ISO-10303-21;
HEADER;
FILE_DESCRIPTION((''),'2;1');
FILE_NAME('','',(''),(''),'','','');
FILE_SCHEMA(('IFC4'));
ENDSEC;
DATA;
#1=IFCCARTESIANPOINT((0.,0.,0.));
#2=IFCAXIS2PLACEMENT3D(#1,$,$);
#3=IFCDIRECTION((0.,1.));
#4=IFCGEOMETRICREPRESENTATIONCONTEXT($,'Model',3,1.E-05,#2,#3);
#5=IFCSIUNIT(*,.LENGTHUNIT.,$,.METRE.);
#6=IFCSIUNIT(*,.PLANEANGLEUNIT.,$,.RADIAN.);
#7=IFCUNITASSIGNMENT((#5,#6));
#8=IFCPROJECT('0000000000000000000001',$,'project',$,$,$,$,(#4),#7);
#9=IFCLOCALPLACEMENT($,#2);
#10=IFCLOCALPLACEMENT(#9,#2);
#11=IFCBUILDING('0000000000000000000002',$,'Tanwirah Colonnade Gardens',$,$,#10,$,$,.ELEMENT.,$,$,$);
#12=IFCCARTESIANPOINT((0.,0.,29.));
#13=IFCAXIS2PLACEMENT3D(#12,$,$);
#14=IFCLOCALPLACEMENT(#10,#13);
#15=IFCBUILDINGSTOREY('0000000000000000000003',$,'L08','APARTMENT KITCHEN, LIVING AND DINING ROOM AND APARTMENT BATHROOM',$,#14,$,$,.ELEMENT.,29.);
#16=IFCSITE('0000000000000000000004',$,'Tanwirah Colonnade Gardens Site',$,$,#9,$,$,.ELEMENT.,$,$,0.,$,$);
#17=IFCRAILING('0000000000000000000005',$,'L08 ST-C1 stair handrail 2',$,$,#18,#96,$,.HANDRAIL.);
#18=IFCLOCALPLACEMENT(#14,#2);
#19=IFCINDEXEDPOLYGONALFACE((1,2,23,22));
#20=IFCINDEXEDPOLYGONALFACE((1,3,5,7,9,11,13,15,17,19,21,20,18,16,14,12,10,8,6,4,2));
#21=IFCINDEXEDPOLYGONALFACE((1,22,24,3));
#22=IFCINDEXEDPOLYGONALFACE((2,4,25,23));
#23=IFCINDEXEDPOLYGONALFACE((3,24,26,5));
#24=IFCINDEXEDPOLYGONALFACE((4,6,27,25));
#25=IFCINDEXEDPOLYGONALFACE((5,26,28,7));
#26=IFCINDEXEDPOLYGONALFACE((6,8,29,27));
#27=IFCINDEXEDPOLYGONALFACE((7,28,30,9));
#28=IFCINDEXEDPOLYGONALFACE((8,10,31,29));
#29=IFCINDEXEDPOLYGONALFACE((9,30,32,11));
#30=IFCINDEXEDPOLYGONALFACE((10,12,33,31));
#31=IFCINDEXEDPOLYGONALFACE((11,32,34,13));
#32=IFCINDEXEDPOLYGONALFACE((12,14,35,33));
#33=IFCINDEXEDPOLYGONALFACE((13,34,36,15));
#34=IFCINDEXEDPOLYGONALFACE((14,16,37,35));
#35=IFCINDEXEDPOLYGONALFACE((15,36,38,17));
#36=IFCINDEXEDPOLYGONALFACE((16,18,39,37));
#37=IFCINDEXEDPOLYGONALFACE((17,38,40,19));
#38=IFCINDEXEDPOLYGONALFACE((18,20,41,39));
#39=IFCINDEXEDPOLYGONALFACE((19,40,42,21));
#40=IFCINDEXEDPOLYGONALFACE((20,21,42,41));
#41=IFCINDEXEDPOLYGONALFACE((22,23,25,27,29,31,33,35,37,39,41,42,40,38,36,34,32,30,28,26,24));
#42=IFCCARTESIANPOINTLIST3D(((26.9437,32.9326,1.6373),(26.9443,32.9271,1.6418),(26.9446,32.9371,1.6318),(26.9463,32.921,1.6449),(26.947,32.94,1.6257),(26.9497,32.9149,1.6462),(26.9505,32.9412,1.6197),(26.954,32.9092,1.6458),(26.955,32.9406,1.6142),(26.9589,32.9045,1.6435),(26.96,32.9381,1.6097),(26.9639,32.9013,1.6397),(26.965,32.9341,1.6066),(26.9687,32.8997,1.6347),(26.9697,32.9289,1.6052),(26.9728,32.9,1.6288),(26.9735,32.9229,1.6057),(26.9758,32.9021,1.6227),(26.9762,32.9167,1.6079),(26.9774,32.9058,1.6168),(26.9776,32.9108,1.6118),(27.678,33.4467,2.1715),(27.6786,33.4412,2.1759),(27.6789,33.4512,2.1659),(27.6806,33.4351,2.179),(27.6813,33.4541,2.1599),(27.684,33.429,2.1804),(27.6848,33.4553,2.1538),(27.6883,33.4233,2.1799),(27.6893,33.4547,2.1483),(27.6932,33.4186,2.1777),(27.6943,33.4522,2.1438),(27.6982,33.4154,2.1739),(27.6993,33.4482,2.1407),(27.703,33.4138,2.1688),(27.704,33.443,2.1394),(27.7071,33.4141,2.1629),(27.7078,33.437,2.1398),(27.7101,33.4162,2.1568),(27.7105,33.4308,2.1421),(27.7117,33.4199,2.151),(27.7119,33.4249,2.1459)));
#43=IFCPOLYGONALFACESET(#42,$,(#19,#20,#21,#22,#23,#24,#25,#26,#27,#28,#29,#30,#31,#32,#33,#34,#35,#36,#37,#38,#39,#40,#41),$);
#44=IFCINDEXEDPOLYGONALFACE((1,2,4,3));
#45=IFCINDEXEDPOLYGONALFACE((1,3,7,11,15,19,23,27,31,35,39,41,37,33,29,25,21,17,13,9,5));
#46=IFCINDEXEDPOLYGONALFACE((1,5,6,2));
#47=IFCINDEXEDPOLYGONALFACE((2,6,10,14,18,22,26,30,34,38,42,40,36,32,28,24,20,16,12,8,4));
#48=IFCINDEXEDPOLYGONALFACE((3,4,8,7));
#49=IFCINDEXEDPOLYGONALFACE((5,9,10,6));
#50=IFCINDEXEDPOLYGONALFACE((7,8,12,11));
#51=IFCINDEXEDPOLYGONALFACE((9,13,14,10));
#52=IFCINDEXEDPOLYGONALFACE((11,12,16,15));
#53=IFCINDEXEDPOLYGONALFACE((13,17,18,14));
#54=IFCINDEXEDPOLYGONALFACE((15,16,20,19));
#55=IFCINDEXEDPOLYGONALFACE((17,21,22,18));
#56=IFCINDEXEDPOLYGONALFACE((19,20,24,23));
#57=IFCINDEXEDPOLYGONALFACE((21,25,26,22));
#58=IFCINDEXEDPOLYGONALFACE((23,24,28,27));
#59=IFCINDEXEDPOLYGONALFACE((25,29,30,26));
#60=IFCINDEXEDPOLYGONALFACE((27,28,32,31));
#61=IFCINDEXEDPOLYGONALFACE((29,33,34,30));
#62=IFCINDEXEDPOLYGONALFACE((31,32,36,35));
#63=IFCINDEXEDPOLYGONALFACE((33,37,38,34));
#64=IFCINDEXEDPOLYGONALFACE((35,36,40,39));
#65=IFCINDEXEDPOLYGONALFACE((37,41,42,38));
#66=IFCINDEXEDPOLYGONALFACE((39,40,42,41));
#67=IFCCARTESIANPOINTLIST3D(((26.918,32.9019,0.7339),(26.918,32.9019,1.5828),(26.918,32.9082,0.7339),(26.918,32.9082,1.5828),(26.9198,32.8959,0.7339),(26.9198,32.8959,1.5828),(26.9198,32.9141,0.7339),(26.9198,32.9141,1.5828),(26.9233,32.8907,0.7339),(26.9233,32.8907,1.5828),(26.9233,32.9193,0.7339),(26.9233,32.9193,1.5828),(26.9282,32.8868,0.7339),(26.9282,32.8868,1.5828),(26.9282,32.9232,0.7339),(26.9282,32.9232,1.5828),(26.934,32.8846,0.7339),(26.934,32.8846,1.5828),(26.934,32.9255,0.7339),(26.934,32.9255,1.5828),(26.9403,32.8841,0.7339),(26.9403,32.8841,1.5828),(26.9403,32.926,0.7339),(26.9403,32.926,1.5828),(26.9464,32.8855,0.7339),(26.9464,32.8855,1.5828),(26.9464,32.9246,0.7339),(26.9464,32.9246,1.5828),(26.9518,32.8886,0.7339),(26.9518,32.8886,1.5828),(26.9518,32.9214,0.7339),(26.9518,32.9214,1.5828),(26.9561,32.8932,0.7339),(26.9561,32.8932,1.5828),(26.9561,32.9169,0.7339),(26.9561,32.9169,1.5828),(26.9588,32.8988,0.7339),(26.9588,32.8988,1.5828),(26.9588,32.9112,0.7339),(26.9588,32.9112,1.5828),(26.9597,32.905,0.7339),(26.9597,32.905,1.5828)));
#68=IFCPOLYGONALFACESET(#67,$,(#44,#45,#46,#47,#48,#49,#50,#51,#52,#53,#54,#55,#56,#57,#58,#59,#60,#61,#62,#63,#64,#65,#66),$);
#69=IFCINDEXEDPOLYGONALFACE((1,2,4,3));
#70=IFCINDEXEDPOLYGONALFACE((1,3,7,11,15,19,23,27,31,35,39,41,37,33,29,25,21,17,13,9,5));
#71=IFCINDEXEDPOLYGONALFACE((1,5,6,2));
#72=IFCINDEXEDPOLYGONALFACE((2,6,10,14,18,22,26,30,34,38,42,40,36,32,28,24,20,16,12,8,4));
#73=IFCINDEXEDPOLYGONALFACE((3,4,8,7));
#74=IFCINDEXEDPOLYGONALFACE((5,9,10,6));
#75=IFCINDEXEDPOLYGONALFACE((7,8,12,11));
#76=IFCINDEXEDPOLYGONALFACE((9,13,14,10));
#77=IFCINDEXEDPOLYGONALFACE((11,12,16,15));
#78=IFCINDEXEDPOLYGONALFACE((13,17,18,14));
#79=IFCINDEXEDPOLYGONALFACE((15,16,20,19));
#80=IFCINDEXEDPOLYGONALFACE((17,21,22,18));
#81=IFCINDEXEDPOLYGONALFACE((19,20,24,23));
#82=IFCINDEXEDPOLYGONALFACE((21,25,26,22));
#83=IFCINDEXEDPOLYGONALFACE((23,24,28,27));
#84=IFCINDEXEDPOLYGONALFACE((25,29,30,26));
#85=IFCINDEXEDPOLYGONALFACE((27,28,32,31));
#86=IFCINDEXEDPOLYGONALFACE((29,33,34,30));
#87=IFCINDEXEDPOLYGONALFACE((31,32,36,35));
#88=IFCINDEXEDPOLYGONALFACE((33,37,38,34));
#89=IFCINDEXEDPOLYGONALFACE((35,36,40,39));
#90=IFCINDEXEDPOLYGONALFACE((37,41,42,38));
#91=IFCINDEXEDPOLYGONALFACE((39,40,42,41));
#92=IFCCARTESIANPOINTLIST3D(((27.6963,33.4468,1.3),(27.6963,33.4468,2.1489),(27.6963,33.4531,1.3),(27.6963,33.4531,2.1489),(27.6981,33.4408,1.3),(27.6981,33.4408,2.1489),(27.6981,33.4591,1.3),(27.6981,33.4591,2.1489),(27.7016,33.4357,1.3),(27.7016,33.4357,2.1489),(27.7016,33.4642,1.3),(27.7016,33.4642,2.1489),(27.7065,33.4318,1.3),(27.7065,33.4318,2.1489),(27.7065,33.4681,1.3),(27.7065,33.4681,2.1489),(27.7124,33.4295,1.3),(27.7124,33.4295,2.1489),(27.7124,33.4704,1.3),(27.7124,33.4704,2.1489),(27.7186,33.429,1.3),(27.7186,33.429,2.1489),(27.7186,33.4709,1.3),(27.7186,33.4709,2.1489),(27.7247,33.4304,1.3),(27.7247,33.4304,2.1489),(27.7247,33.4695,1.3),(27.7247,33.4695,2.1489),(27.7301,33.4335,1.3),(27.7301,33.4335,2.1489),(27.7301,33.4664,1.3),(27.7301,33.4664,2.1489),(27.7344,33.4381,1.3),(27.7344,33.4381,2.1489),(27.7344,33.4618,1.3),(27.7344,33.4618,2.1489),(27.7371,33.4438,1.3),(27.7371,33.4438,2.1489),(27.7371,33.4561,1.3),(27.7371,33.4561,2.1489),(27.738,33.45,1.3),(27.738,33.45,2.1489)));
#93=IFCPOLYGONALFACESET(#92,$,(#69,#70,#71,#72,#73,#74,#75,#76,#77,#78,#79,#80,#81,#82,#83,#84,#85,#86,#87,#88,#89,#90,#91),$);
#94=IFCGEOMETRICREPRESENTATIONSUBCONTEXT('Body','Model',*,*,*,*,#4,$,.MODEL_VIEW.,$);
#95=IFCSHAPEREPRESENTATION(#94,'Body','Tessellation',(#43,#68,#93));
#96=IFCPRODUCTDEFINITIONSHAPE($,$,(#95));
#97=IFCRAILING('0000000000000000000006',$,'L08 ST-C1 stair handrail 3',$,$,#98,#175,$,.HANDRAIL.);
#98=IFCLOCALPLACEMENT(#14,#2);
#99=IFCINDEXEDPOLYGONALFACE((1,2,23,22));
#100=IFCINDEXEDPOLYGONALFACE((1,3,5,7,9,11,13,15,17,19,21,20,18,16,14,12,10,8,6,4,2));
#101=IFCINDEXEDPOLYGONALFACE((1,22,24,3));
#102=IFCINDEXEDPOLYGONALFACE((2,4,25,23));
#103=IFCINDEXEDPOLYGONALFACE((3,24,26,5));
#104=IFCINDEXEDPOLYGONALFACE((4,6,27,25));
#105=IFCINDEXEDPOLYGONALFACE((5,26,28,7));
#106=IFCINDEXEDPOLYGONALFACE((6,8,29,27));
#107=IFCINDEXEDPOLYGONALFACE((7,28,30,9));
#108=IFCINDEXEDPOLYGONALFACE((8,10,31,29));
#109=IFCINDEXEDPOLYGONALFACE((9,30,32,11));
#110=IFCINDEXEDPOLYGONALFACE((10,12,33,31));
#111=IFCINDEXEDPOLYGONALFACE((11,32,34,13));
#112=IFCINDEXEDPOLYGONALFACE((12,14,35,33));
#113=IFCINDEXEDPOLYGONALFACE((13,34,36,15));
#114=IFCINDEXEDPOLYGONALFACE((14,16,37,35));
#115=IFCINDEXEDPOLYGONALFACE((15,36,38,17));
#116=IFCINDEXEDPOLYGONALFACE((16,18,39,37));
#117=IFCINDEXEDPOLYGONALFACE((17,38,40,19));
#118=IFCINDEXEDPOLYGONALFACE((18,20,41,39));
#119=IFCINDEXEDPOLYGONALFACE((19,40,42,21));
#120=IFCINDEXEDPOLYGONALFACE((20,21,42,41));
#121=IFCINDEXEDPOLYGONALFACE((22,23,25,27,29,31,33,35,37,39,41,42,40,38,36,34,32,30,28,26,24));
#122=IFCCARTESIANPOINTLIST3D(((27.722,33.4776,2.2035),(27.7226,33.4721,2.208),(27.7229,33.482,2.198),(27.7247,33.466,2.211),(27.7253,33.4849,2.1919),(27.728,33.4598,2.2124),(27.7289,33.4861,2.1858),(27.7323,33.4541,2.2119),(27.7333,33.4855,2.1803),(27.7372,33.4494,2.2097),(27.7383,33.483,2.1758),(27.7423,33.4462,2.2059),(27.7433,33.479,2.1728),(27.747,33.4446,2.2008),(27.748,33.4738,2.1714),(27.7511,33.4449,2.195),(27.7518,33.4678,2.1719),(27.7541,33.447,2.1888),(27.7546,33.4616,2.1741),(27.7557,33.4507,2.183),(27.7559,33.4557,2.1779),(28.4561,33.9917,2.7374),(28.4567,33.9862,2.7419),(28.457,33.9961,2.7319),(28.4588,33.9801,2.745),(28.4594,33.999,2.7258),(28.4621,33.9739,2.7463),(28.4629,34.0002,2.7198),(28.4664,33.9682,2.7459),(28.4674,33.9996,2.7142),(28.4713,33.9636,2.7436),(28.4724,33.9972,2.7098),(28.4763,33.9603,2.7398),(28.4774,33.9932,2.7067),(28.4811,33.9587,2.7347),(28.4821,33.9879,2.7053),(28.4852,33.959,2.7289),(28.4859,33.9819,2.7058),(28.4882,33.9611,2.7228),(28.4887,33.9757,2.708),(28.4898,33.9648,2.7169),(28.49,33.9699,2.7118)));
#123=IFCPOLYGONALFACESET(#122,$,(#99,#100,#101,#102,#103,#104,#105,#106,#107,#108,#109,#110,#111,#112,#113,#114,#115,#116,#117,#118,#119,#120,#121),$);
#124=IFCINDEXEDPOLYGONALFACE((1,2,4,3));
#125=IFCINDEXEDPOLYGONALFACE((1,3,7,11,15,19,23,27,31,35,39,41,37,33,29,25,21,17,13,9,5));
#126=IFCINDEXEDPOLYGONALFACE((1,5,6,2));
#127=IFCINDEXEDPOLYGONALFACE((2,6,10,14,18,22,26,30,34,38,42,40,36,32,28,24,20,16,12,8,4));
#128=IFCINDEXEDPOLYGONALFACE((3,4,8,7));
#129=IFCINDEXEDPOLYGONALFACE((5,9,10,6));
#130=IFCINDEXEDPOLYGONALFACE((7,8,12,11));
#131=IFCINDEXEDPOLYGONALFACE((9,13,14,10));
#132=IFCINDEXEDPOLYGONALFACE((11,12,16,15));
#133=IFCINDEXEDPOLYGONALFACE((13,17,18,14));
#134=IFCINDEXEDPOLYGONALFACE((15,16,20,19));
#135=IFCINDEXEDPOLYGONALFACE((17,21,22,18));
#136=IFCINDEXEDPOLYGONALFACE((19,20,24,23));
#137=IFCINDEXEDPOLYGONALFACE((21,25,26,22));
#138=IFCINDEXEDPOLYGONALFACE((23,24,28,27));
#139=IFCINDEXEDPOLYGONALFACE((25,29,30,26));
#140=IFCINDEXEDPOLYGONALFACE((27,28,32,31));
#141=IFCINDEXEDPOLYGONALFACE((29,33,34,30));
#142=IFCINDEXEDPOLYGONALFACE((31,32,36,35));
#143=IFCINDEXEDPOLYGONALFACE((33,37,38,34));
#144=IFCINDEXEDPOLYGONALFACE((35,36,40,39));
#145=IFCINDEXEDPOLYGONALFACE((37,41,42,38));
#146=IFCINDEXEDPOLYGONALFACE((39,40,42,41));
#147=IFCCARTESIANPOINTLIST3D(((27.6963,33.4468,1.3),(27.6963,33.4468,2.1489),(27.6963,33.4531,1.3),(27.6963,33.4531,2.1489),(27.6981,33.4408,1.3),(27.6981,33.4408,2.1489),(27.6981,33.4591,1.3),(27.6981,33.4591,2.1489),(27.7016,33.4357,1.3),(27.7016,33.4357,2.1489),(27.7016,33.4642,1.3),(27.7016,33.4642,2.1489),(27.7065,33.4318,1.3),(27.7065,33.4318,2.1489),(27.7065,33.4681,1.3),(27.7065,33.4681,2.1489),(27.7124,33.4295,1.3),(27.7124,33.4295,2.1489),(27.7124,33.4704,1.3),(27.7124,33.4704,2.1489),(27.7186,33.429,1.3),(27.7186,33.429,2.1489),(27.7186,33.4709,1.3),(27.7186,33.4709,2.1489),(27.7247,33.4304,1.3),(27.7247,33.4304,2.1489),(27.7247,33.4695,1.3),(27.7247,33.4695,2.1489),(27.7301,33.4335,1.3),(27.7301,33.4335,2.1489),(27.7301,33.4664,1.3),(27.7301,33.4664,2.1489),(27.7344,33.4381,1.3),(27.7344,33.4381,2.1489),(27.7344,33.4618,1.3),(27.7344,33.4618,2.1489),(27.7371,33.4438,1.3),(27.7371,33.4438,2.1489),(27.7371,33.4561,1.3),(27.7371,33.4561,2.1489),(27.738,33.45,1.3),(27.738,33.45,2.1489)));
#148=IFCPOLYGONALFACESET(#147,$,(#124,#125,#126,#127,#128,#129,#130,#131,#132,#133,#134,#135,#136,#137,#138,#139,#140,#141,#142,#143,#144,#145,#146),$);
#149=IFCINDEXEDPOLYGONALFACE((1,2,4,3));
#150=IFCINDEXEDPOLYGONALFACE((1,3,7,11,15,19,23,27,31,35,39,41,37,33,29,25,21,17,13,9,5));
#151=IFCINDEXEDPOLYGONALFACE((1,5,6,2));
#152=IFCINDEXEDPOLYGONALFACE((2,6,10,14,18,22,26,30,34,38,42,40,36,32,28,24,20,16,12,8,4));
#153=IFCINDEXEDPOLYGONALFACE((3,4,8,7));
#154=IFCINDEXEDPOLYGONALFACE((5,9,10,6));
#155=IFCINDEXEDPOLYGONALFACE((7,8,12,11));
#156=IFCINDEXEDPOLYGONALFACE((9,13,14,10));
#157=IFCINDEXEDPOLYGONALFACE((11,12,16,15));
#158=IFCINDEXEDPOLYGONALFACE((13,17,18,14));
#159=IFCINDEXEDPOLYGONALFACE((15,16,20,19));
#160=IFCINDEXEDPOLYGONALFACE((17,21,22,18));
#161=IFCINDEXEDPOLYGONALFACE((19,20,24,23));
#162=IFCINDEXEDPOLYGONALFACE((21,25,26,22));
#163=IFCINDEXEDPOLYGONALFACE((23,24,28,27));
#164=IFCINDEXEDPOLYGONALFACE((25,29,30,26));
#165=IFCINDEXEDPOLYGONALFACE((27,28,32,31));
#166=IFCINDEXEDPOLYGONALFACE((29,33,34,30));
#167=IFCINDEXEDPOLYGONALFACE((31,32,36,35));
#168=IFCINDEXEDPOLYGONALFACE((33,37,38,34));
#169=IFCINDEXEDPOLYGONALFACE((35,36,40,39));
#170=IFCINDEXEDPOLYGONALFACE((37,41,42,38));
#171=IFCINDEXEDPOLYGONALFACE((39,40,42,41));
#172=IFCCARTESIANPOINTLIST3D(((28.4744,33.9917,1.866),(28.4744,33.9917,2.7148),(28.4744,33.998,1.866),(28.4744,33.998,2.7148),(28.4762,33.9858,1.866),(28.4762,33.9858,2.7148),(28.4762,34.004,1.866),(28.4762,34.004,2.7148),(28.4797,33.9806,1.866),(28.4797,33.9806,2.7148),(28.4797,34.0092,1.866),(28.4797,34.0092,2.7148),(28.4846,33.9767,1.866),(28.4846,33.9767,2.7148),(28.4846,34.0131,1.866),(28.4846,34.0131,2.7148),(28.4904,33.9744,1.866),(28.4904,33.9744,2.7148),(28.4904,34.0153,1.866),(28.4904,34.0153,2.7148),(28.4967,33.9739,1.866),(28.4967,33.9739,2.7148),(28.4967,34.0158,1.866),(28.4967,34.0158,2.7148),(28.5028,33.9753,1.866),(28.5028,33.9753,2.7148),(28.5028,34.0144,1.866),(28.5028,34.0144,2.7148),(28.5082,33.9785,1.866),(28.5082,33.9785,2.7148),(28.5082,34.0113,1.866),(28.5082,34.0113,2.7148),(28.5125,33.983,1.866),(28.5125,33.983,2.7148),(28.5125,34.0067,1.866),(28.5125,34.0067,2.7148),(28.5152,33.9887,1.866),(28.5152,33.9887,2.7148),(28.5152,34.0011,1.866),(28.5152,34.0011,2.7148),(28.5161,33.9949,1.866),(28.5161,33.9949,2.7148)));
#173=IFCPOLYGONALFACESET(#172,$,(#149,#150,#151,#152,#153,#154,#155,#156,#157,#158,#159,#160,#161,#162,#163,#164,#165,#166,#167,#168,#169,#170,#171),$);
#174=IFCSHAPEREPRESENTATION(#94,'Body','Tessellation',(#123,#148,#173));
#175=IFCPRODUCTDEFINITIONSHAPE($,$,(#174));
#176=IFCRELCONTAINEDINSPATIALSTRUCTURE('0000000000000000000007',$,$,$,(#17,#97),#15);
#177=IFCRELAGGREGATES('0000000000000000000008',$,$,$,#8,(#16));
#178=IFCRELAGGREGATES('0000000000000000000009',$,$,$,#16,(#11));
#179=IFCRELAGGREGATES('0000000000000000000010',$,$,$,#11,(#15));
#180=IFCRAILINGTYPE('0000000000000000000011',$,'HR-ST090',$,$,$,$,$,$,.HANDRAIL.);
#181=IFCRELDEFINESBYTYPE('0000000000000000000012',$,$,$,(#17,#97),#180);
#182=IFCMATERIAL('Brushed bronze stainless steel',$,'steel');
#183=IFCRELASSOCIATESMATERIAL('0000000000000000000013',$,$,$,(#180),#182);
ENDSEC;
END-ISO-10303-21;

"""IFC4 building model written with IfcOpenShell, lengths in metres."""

from ifc_helpers import new_model, si_unit, direction, frame, origin, origin_2d, place, context, subcontext, project, spatial, circle, extrude, material, type_object, element, save


model = new_model("IFC4")

# Units and contexts
model_context = context("Model", 3, precision=1e-05, world=origin(), true_north=direction((0.0, 1.0)))
body_context = subcontext(model_context, "Body", "Model", "MODEL_VIEW")
ifc_project = project(units=[si_unit("LENGTHUNIT", "METRE"), si_unit("PLANEANGLEUNIT", "RADIAN")], contexts=[model_context])

# Site, building, storey
site_placement = place(None, origin())
site = spatial("IfcSite", under=ifc_project, at=site_placement, Name="Tanwirah Colonnade Gardens Site", CompositionType="ELEMENT", RefElevation=0.0)
building_placement = place(site_placement, origin())
building = spatial("IfcBuilding", under=site, at=building_placement, Name="Tanwirah Colonnade Gardens", CompositionType="ELEMENT")
storey_placement = place(building_placement, frame((0.0, 0.0, 29.0)))
storey = spatial("IfcBuildingStorey", under=building, at=storey_placement, Name="L08", Description="APARTMENT KITCHEN, LIVING AND DINING ROOM AND APARTMENT BATHROOM", CompositionType="ELEMENT", Elevation=29.0)

# Railings
ifc_material_1 = material(Name="Brushed bronze stainless steel", Category="steel")
railing_type_1 = type_object("IfcRailingType", Name="HR-ST090", PredefinedType="HANDRAIL", material=ifc_material_1)
railing_1_placement = place(storey_placement, frame((26.9387, 32.905, 0.7339)))
element("IfcRailing", 1, at=railing_1_placement, inside=storey, type_object=railing_type_1, Name="L08 ST-C1 stair handrail 2", PredefinedType="HANDRAIL", context=body_context, shape_type="SweptSolid", body=[
    extrude(circle(Radius=0.0239, at=origin_2d()), frame((0.022, 0.0154, 0.8918), z_axis=(0.703718, 0.492691, 0.511895), x_axis=(-0.573531, 0.819184, 0.0)), (0.0, 0.0, 1.0), 1.0435),
    extrude(circle(Radius=0.021, at=origin_2d()), origin(), (0.0, 0.0, 1.0), 0.8489),
    extrude(circle(Radius=0.021, at=origin_2d()), frame((0.7783, 0.5449, 0.5662)), (0.0, 0.0, 1.0), 0.8489),
])
railing_2_placement = place(storey_placement, frame((27.717, 33.45, 1.3)))
element("IfcRailing", 2, at=railing_2_placement, inside=storey, type_object=railing_type_1, Name="L08 ST-C1 stair handrail 3", PredefinedType="HANDRAIL", context=body_context, shape_type="SweptSolid", body=[
    extrude(circle(Radius=0.0239, at=origin_2d()), frame((0.022, 0.0154, 0.8918), z_axis=(0.703686, 0.492823, 0.511812), x_axis=(-0.573652, 0.819099, 0.0)), (0.0, 0.0, 1.0), 1.0432),
    extrude(circle(Radius=0.021, at=origin_2d()), origin(), (0.0, 0.0, 1.0), 0.8489),
    extrude(circle(Radius=0.021, at=origin_2d()), frame((0.7781, 0.5449, 0.5659)), (0.0, 0.0, 1.0), 0.8489),
])

save(model, "model.ifc")
